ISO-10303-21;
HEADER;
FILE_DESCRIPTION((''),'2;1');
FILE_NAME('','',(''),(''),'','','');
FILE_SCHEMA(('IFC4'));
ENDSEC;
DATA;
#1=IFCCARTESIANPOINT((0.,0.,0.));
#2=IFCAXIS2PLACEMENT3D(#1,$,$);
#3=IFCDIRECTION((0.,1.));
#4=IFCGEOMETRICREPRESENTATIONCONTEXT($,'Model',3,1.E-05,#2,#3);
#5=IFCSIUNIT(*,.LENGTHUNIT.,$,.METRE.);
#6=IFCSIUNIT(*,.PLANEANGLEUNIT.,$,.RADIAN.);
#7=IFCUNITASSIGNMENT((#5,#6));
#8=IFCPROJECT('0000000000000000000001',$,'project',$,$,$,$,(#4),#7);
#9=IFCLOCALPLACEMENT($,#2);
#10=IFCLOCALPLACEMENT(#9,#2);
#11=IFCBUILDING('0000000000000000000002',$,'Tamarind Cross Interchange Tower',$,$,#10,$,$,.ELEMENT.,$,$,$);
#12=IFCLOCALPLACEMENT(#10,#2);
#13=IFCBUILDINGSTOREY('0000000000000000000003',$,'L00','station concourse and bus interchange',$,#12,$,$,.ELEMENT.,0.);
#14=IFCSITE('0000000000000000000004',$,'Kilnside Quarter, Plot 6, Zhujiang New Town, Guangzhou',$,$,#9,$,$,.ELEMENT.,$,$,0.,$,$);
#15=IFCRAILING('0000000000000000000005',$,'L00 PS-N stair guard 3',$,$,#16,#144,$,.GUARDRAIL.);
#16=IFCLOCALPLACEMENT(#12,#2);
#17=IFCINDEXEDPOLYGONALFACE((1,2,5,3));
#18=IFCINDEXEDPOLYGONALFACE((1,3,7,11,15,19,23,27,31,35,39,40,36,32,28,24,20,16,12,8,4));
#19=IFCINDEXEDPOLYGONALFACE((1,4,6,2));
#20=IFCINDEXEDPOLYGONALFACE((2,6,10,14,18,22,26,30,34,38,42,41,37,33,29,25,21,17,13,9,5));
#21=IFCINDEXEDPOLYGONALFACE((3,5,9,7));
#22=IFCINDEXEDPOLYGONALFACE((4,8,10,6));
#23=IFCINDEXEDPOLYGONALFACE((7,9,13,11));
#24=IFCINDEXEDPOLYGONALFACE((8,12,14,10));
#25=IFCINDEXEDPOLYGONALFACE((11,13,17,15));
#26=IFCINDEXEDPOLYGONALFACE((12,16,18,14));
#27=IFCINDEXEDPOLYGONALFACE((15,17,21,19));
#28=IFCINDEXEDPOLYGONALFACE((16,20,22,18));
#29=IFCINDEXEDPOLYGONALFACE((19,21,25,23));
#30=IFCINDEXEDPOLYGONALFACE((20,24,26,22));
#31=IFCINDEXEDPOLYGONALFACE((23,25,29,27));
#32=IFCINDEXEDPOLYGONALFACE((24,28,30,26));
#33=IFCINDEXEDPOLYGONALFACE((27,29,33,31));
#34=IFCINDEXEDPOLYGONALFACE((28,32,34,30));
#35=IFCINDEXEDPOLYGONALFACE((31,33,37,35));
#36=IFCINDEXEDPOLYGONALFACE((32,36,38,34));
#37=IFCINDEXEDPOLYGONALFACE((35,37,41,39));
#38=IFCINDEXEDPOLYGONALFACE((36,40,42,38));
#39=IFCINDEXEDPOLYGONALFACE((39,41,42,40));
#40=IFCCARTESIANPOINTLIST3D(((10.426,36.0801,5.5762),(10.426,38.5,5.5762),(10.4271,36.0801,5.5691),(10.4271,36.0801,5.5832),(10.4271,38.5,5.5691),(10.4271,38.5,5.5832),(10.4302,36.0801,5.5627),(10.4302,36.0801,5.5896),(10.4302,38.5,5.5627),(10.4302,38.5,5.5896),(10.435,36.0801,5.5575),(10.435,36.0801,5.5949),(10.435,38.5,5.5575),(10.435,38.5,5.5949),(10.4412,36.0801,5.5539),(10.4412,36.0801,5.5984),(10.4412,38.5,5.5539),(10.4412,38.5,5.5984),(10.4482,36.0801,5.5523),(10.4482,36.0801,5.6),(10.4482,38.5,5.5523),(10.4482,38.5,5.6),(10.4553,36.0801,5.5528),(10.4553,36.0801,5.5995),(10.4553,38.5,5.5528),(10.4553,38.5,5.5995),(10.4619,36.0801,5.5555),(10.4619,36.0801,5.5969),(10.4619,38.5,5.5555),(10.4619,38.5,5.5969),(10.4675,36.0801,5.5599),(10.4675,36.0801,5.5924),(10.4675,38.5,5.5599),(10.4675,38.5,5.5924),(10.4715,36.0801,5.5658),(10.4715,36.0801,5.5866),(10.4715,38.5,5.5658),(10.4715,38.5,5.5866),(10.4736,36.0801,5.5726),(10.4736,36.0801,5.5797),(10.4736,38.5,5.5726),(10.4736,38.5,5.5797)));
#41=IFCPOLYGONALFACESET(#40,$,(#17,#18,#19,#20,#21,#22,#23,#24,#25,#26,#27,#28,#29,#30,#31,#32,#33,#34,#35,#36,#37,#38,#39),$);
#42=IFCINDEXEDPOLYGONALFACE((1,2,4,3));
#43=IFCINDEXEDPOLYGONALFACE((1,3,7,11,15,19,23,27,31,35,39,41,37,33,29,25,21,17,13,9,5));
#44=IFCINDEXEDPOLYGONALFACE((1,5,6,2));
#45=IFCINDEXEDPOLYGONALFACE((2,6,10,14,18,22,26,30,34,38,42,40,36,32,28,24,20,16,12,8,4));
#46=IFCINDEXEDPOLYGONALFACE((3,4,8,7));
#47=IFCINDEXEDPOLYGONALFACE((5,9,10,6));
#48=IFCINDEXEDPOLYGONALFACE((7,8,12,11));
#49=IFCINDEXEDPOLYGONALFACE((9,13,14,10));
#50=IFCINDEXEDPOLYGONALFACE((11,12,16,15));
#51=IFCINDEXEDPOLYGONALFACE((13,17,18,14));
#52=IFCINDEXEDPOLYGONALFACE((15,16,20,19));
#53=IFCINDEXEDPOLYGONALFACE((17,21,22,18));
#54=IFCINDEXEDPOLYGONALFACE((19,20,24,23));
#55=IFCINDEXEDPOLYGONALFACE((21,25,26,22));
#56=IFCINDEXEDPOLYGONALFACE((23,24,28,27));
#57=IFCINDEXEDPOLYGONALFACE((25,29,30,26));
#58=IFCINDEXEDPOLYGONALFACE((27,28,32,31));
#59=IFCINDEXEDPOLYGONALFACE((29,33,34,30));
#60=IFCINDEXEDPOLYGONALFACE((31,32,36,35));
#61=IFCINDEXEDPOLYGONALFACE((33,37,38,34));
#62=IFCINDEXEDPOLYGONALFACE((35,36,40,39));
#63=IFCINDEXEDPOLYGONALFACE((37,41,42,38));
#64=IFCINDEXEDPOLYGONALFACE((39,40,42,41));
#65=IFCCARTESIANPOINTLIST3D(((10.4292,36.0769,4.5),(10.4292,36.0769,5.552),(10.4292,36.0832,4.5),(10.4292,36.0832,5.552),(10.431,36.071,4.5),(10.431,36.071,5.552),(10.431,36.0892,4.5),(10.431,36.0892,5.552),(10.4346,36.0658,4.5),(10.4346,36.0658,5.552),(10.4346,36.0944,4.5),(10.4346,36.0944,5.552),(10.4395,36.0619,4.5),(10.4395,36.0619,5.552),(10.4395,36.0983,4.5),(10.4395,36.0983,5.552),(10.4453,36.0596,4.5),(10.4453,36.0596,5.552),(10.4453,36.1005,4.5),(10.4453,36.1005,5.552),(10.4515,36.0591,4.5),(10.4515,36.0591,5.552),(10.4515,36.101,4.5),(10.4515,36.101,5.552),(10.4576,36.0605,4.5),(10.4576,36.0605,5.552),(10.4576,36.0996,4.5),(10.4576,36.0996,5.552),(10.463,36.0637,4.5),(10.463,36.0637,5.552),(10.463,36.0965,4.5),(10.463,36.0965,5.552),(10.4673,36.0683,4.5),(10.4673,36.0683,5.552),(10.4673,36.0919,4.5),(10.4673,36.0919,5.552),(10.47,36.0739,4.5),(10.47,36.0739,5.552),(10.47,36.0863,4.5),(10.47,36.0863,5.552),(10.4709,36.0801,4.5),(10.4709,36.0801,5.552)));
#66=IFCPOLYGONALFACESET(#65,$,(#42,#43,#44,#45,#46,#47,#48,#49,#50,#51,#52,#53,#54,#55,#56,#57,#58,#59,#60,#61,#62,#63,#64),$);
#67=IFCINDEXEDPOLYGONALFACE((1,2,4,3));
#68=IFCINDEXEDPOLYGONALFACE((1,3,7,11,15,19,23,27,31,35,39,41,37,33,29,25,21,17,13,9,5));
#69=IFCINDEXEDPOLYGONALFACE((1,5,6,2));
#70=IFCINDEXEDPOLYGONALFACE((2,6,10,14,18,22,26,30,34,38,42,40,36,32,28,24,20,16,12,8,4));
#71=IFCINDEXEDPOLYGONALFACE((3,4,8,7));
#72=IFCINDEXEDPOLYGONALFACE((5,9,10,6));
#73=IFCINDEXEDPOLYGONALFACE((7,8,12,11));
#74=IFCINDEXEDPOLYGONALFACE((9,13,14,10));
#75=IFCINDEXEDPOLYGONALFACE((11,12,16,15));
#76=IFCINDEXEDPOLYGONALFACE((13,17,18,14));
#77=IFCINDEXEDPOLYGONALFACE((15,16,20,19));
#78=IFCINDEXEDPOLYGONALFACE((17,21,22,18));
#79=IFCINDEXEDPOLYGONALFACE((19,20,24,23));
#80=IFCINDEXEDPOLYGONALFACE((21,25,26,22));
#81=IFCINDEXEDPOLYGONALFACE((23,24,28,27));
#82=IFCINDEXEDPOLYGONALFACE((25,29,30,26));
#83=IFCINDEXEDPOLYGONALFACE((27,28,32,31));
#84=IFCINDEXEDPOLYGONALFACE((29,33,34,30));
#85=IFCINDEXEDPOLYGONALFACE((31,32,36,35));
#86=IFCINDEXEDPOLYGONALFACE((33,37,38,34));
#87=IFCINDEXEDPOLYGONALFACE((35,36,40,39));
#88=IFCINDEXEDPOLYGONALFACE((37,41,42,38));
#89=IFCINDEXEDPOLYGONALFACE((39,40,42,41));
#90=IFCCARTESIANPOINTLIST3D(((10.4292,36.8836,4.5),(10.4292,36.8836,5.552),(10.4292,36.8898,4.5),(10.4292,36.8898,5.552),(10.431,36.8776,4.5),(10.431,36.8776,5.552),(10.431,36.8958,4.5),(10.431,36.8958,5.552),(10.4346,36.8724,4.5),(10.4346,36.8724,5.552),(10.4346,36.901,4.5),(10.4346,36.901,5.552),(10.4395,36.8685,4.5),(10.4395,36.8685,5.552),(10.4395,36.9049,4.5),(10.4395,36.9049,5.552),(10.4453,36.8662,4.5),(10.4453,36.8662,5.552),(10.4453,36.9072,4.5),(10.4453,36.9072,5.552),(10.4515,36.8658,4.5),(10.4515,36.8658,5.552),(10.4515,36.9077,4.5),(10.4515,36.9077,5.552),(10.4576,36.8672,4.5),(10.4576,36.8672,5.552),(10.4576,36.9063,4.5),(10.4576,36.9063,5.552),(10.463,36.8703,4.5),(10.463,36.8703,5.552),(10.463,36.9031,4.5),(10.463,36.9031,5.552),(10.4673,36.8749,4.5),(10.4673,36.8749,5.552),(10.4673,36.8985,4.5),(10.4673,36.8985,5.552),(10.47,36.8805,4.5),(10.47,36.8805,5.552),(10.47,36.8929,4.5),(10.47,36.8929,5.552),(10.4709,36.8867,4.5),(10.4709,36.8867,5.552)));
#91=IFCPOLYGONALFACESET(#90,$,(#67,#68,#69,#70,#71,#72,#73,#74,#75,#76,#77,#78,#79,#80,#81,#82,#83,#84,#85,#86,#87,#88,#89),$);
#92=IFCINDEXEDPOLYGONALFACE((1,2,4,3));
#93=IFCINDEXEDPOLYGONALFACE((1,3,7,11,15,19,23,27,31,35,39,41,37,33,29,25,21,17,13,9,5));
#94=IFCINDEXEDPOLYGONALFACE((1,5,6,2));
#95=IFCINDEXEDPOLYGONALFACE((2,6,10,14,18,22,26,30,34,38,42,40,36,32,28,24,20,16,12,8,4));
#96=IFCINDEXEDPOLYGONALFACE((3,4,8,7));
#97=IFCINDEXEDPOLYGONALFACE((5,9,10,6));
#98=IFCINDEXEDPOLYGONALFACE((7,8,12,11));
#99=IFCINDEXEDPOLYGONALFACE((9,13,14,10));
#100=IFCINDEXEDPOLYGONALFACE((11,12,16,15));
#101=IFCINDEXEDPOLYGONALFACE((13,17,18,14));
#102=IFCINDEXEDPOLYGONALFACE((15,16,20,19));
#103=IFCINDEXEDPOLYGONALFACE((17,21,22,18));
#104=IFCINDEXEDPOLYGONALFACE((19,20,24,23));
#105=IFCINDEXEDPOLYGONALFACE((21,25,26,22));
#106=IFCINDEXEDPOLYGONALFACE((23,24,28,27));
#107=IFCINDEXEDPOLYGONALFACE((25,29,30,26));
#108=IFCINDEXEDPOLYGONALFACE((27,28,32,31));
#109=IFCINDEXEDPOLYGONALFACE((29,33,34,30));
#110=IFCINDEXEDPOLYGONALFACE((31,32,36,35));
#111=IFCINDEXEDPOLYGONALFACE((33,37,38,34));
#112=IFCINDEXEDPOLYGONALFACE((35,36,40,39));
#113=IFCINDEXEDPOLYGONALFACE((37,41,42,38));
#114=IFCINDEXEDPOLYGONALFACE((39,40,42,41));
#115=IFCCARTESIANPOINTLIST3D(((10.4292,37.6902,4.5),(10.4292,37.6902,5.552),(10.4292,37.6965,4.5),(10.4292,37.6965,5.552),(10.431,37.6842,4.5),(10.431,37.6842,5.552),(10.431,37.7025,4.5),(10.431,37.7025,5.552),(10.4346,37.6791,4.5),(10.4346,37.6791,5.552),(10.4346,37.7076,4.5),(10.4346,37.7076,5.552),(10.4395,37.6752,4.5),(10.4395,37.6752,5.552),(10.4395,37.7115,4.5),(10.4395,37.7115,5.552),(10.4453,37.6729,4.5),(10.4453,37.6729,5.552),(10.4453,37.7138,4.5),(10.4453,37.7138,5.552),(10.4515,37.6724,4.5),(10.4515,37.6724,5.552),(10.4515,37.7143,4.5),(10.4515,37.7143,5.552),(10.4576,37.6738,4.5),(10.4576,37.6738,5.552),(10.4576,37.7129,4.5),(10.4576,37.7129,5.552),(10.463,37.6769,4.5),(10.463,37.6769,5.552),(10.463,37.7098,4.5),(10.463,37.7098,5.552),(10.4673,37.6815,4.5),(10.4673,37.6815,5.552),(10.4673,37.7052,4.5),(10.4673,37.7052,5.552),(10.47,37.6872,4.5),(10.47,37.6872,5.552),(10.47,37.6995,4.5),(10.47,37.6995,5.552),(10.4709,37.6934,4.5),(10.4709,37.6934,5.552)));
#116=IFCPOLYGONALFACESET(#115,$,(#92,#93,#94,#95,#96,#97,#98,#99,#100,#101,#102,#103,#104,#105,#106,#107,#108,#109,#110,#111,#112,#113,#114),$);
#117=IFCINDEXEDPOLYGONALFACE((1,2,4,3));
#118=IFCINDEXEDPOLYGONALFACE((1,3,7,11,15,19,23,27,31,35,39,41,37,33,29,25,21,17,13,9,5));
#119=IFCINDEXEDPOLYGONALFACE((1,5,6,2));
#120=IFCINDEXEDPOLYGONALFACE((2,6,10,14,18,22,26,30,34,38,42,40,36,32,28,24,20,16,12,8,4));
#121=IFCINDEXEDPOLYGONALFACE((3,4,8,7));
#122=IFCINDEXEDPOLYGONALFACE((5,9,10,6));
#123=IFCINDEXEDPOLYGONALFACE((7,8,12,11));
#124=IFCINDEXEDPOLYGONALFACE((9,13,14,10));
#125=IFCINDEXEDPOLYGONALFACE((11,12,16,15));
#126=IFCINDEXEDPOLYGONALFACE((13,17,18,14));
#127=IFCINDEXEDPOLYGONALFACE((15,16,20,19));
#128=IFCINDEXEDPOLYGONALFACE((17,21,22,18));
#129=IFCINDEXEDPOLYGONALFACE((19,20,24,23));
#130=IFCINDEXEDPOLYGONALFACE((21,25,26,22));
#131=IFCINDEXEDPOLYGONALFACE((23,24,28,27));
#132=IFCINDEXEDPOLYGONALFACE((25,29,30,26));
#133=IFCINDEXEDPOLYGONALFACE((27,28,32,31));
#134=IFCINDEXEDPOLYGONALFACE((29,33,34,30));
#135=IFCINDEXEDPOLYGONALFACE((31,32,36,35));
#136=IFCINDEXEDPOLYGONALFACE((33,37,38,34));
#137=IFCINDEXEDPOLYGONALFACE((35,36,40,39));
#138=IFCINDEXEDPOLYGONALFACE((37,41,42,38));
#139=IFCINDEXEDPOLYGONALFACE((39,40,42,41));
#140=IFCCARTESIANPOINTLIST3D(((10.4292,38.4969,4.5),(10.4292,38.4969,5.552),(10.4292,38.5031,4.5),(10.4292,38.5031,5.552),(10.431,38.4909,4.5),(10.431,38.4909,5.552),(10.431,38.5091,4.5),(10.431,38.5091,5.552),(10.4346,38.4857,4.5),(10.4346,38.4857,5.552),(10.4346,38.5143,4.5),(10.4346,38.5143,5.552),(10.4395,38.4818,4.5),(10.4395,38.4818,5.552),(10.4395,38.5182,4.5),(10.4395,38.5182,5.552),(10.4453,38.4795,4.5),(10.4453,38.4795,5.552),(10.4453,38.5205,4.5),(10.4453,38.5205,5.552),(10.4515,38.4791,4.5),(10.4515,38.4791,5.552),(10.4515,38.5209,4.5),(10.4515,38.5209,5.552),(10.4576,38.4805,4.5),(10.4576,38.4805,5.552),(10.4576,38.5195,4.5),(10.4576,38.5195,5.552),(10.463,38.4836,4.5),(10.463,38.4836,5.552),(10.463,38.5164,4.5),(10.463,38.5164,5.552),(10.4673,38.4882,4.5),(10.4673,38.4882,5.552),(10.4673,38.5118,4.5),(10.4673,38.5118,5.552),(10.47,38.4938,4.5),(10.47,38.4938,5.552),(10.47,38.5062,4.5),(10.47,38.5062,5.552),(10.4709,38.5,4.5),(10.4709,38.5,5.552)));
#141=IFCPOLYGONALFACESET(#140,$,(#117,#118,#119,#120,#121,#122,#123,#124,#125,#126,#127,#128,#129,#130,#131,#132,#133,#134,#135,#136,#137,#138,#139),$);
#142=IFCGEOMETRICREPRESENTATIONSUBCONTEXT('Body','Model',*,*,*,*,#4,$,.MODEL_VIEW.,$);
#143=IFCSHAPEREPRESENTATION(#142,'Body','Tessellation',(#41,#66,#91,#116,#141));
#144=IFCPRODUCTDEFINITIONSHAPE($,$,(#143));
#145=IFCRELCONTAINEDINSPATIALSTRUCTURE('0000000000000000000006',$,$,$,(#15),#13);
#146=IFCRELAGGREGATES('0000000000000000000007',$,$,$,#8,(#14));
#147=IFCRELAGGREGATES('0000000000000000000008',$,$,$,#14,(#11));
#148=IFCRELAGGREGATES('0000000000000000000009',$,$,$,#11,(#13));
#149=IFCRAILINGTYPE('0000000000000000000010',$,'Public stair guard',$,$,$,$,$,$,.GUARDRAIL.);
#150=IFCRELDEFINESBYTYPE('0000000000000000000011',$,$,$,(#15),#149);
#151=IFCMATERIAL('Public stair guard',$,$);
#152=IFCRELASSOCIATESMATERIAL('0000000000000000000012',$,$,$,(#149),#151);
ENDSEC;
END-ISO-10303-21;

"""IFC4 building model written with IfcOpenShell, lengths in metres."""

from ifc_helpers import new_model, si_unit, direction, frame, origin, origin_2d, place, context, subcontext, project, spatial, circle, extrude, material, type_object, element, save


model = new_model("IFC4")

# Units and contexts
model_context = context("Model", 3, precision=1e-05, world=origin(), true_north=direction((0.0, 1.0)))
body_context = subcontext(model_context, "Body", "Model", "MODEL_VIEW")
ifc_project = project(units=[si_unit("LENGTHUNIT", "METRE"), si_unit("PLANEANGLEUNIT", "RADIAN")], contexts=[model_context])

# Site, building, storey
site_placement = place(None, origin())
site = spatial("IfcSite", under=ifc_project, at=site_placement, Name="Kilnside Quarter, Plot 6, Zhujiang New Town, Guangzhou", CompositionType="ELEMENT", RefElevation=0.0)
building_placement = place(site_placement, origin())
building = spatial("IfcBuilding", under=site, at=building_placement, Name="Tamarind Cross Interchange Tower", CompositionType="ELEMENT")
storey_placement = place(building_placement, origin())
storey = spatial("IfcBuildingStorey", under=building, at=storey_placement, Name="L00", Description="station concourse and bus interchange", CompositionType="ELEMENT", Elevation=0.0)

# Railing
ifc_material_1 = material(Name="Public stair guard")
railing_type_1 = type_object("IfcRailingType", Name="Public stair guard", PredefinedType="GUARDRAIL", material=ifc_material_1)
railing_1_placement = place(storey_placement, frame((10.45, 36.0801, 4.5)))
element("IfcRailing", 1, at=railing_1_placement, inside=storey, type_object=railing_type_1, Name="L00 PS-N stair guard 3", PredefinedType="GUARDRAIL", context=body_context, shape_type="SweptSolid", body=[
    extrude(circle(Radius=0.0239, at=origin_2d()), frame((0.0, 0.0, 1.0762), z_axis=(0.0, 1.0, 0.0), x_axis=(-1.0, 0.0, 0.0)), (0.0, 0.0, 1.0), 2.4199),
    extrude(circle(Radius=0.021, at=origin_2d()), origin(), (0.0, 0.0, 1.0), 1.052),
    extrude(circle(Radius=0.021, at=origin_2d()), frame((0.0, 0.8066, 0.0)), (0.0, 0.0, 1.0), 1.052),
    extrude(circle(Radius=0.021, at=origin_2d()), frame((0.0, 1.6133, 0.0)), (0.0, 0.0, 1.0), 1.052),
    extrude(circle(Radius=0.021, at=origin_2d()), frame((0.0, 2.4199, 0.0)), (0.0, 0.0, 1.0), 1.052),
])

save(model, "model.ifc")
